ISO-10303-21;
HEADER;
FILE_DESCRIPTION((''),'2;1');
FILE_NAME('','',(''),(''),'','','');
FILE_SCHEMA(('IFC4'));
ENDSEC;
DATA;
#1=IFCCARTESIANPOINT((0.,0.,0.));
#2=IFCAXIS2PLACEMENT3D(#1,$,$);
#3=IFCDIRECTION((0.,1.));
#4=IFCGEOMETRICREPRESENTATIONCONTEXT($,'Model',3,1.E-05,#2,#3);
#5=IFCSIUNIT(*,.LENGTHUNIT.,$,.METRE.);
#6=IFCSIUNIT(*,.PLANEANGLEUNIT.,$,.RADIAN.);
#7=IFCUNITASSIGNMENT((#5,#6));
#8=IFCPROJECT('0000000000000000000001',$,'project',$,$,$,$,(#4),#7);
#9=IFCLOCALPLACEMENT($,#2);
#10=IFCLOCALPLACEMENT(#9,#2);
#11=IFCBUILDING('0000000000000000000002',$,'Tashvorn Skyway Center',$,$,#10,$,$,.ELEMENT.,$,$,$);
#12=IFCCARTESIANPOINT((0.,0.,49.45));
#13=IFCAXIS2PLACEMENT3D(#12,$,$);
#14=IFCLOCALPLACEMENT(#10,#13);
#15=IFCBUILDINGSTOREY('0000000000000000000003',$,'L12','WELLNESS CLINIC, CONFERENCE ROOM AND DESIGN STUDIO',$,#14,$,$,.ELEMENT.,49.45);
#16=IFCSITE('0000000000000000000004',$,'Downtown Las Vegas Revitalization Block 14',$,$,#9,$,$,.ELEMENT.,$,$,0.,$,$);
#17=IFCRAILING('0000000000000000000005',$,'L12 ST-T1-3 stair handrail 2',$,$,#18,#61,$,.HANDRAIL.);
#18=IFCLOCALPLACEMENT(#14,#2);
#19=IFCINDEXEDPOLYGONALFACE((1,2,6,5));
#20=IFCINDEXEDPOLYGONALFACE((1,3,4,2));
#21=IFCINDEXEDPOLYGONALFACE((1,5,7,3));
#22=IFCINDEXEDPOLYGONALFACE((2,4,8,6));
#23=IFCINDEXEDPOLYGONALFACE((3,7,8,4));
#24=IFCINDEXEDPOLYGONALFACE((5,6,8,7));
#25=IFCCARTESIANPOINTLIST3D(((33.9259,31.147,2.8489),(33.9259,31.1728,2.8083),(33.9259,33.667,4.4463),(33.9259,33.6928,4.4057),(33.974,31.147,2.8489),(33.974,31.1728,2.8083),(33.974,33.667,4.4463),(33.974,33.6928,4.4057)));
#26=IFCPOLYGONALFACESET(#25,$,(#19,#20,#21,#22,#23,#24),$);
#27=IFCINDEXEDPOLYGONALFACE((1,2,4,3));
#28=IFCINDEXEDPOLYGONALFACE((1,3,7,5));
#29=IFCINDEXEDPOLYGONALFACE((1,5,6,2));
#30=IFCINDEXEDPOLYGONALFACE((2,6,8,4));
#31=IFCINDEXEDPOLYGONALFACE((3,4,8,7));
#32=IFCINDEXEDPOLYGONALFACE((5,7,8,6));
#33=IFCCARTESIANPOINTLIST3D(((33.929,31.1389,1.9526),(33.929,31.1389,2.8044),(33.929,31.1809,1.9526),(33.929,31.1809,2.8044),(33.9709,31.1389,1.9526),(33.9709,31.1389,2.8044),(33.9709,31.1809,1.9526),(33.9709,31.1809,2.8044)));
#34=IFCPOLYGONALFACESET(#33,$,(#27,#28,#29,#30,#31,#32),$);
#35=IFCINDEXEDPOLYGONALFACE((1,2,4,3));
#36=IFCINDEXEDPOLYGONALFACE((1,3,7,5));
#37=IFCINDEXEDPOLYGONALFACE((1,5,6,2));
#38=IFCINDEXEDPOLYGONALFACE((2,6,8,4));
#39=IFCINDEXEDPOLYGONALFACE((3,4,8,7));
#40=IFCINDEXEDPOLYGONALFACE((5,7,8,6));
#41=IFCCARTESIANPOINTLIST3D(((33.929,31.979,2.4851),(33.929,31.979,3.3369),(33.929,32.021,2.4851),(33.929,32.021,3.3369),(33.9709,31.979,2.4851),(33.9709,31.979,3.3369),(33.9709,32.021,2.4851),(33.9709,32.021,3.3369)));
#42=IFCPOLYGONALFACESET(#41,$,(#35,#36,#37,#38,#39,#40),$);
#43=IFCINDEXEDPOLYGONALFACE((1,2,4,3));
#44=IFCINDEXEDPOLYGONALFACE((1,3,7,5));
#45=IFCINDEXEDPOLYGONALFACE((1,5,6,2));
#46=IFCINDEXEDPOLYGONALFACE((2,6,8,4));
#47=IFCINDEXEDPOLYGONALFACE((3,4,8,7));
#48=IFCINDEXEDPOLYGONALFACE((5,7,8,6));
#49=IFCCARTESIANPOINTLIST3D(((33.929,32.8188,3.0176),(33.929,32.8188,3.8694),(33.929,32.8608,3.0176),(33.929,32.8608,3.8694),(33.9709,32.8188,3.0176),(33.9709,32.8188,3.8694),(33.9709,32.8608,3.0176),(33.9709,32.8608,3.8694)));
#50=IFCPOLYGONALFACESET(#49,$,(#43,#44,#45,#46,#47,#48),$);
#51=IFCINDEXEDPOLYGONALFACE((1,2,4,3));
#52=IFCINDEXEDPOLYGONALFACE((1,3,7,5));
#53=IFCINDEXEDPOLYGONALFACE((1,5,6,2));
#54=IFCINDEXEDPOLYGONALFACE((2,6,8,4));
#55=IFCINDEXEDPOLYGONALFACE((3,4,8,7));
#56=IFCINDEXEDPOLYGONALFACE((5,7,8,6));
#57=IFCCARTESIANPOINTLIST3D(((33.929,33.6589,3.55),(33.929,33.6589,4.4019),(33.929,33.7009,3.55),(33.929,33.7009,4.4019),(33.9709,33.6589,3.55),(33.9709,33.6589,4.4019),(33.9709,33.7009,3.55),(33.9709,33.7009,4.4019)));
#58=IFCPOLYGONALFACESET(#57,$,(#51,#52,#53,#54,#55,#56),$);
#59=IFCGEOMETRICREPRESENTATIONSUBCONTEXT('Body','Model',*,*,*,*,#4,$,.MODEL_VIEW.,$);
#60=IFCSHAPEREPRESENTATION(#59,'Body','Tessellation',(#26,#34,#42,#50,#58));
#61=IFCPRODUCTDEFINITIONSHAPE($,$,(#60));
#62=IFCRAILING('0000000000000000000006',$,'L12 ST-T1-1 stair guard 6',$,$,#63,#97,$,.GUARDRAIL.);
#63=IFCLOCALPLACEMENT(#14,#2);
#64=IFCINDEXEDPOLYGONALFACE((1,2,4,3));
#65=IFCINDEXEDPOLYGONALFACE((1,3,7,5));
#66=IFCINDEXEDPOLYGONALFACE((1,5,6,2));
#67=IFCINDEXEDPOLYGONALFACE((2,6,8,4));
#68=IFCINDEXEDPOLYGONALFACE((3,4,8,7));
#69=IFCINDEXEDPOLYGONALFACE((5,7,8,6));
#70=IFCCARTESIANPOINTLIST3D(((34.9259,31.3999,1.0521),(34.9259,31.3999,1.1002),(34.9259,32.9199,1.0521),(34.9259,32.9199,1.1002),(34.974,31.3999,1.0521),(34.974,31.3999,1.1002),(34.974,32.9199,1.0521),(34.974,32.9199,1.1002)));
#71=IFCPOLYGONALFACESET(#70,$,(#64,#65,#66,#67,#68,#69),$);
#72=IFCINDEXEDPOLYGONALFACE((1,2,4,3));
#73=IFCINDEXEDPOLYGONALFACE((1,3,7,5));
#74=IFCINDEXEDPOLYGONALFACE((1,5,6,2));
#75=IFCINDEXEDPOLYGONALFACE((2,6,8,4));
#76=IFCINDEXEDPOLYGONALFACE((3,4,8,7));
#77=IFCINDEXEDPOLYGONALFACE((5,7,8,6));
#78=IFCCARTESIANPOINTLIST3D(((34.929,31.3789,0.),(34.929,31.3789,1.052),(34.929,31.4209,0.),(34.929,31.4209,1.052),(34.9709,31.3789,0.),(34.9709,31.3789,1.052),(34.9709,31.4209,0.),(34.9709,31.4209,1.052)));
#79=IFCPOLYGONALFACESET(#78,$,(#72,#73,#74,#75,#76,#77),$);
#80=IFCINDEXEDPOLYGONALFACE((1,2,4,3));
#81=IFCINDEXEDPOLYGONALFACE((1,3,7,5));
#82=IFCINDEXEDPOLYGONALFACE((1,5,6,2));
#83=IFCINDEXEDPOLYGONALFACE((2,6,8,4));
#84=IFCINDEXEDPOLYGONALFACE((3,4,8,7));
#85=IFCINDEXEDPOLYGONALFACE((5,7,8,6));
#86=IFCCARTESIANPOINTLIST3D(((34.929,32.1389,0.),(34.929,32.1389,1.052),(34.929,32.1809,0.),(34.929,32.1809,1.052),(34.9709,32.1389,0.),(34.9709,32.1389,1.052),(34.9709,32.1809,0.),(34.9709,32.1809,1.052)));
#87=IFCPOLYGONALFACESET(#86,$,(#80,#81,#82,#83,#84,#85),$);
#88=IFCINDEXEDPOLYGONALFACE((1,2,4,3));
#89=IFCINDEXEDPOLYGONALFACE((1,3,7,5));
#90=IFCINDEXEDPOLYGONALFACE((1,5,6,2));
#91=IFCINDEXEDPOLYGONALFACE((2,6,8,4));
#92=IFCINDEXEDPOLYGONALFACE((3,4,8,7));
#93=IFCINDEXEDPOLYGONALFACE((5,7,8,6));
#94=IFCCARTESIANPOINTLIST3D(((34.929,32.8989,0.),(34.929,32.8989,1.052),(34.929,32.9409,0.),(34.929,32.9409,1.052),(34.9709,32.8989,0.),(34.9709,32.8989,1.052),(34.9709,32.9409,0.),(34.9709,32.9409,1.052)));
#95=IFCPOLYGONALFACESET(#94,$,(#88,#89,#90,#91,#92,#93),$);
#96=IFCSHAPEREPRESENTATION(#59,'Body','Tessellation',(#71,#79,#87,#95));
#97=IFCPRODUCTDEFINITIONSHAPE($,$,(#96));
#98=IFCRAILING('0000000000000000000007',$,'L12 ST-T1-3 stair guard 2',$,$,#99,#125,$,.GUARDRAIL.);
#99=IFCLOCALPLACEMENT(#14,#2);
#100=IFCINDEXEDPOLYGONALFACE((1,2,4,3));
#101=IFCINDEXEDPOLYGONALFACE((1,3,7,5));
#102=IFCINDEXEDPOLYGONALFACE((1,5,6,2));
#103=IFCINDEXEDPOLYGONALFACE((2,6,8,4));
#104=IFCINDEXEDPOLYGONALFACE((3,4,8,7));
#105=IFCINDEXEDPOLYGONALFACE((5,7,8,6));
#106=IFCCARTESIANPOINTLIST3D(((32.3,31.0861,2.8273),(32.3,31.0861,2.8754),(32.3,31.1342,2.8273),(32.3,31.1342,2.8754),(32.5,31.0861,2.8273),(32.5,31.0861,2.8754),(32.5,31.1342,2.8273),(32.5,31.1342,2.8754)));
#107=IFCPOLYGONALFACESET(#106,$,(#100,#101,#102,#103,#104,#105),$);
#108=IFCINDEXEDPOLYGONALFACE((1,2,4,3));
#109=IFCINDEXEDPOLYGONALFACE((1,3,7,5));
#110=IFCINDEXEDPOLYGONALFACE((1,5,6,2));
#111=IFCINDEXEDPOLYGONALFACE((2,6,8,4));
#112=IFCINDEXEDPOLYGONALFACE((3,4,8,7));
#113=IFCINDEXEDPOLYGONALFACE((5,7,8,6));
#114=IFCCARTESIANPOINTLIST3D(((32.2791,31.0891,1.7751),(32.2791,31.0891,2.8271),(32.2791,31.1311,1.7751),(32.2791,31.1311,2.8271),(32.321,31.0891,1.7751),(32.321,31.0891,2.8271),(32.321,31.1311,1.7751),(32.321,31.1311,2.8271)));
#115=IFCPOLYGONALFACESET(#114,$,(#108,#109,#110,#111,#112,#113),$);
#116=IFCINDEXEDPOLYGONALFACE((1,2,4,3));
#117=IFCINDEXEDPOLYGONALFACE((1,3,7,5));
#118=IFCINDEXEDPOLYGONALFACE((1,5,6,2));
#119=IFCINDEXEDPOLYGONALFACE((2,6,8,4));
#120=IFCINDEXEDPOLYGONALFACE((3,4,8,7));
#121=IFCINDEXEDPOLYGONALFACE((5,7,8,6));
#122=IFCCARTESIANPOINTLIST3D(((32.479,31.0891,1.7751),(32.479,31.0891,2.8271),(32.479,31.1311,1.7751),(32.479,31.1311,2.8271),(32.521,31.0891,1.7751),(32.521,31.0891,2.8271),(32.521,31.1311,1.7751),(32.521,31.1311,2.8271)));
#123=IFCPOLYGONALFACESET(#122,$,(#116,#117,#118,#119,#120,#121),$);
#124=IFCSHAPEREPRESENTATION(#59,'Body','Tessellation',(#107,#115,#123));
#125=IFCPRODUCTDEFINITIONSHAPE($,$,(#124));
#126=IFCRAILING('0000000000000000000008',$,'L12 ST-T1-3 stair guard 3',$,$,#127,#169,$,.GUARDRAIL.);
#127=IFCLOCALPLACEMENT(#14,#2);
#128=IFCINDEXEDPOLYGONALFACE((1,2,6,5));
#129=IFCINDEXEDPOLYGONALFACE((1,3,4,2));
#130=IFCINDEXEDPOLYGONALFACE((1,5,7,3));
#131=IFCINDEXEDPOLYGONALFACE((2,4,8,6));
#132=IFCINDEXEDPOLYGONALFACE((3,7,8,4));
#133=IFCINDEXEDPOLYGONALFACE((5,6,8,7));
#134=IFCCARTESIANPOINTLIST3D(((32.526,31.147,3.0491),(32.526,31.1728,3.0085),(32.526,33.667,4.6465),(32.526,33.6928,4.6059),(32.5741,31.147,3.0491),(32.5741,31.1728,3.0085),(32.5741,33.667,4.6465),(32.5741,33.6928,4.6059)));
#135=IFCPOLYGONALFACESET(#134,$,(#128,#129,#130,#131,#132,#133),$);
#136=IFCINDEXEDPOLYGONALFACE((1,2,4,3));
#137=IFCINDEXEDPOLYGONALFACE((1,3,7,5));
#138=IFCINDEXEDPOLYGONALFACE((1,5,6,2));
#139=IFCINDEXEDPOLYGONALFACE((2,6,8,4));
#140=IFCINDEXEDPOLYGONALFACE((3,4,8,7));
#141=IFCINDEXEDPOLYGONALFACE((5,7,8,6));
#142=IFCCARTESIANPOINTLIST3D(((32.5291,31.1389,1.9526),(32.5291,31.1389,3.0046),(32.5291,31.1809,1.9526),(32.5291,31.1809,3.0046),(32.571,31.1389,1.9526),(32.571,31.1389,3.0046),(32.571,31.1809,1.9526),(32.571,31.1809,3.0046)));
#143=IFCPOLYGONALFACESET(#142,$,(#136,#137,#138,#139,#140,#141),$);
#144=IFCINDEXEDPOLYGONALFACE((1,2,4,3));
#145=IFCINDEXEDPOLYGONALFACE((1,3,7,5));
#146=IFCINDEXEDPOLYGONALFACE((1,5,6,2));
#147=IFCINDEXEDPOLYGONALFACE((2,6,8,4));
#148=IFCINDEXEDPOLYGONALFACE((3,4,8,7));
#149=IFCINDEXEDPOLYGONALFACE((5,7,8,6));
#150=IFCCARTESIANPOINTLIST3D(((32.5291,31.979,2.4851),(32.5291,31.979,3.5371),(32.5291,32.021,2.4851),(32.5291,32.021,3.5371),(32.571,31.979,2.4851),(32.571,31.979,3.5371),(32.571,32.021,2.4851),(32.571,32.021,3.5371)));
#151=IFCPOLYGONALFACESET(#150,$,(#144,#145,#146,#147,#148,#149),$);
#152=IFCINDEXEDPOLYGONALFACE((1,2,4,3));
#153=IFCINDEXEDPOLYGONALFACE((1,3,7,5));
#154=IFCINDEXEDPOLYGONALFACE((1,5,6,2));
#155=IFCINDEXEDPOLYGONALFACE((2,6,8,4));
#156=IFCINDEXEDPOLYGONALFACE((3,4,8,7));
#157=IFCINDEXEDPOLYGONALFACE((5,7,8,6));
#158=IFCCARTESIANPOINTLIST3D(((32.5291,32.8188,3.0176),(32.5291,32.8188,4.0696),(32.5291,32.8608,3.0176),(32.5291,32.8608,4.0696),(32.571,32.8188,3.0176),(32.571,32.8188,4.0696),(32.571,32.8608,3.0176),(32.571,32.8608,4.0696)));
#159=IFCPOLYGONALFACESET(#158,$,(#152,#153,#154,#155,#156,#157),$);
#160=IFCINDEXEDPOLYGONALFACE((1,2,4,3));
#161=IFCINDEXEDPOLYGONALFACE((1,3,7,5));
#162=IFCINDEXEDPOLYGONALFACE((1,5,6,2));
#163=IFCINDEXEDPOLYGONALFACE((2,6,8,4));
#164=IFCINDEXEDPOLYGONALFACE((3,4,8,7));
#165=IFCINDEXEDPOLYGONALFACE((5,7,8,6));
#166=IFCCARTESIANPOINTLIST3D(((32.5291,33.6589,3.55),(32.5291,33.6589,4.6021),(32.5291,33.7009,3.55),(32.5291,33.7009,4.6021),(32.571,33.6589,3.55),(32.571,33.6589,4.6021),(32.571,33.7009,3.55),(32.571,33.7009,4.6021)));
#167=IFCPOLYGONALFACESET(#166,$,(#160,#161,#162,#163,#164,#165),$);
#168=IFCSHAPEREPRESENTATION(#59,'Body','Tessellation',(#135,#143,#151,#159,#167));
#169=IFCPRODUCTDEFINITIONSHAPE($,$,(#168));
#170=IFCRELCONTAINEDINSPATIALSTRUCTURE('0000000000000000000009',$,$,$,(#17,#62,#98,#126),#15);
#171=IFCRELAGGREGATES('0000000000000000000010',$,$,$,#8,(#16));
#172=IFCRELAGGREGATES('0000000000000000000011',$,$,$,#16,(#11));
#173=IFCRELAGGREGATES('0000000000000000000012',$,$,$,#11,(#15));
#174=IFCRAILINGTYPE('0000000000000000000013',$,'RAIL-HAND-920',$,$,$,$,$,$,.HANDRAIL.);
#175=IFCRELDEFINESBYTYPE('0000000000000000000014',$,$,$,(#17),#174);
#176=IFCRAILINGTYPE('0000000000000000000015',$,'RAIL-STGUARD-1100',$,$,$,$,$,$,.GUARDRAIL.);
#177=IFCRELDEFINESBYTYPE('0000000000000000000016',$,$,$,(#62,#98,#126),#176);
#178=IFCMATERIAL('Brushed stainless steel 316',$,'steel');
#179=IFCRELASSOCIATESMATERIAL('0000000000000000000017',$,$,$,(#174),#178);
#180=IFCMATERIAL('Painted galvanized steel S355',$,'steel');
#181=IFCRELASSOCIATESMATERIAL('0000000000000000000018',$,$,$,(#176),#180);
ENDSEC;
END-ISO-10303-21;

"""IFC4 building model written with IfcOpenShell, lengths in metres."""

from ifc_helpers import new_model, si_unit, direction, frame, origin, origin_2d, place, context, subcontext, project, spatial, rectangle, extrude, material, type_object, element, save


model = new_model("IFC4")

# Units and contexts
model_context = context("Model", 3, precision=1e-05, world=origin(), true_north=direction((0.0, 1.0)))
body_context = subcontext(model_context, "Body", "Model", "MODEL_VIEW")
ifc_project = project(units=[si_unit("LENGTHUNIT", "METRE"), si_unit("PLANEANGLEUNIT", "RADIAN")], contexts=[model_context])

# Site, building, storey
site_placement = place(None, origin())
site = spatial("IfcSite", under=ifc_project, at=site_placement, Name="Downtown Las Vegas Revitalization Block 14", CompositionType="ELEMENT", RefElevation=0.0)
building_placement = place(site_placement, origin())
building = spatial("IfcBuilding", under=site, at=building_placement, Name="Tashvorn Skyway Center", CompositionType="ELEMENT")
storey_placement = place(building_placement, frame((0.0, 0.0, 49.45)))
storey = spatial("IfcBuildingStorey", under=building, at=storey_placement, Name="L12", Description="WELLNESS CLINIC, CONFERENCE ROOM AND DESIGN STUDIO", CompositionType="ELEMENT", Elevation=49.45)

# Railings
ifc_material_1 = material(Name="Brushed stainless steel 316", Category="steel")
railing_type_1 = type_object("IfcRailingType", Name="RAIL-HAND-920", PredefinedType="HANDRAIL", material=ifc_material_1)
railing_1_placement = place(storey_placement, frame((33.95, 31.1599, 1.9526)))
element("IfcRailing", 1, at=railing_1_placement, inside=storey, type_object=railing_type_1, Name="L12 ST-T1-3 stair handrail 2", PredefinedType="HANDRAIL", context=body_context, shape_type="SweptSolid", body=[
    extrude(rectangle(XDim=0.0481, YDim=0.0481, at=origin_2d()), frame((0.0, 0.0, 0.876), z_axis=(0.0, 0.844607, 0.535387), x_axis=(-1.0, 0.0, 0.0)), (0.0, 0.0, 1.0), 2.9836),
    extrude(rectangle(XDim=0.042, YDim=0.042, at=origin_2d()), origin(), (0.0, 0.0, 1.0), 0.8518),
    extrude(rectangle(XDim=0.042, YDim=0.042, at=origin_2d()), frame((0.0, 0.8401, 0.5325)), (0.0, 0.0, 1.0), 0.8518),
    extrude(rectangle(XDim=0.042, YDim=0.042, at=origin_2d()), frame((0.0, 1.6799, 1.0649)), (0.0, 0.0, 1.0), 0.8518),
    extrude(rectangle(XDim=0.042, YDim=0.042, at=origin_2d()), frame((0.0, 2.52, 1.5974)), (0.0, 0.0, 1.0), 0.8518),
])
ifc_material_2 = material(Name="Painted galvanized steel S355", Category="steel")
railing_type_2 = type_object("IfcRailingType", Name="RAIL-STGUARD-1100", PredefinedType="GUARDRAIL", material=ifc_material_2)
railing_2_placement = place(storey_placement, frame((34.95, 31.3999, 0.0)))
element("IfcRailing", 2, at=railing_2_placement, inside=storey, type_object=railing_type_2, Name="L12 ST-T1-1 stair guard 6", PredefinedType="GUARDRAIL", context=body_context, shape_type="SweptSolid", body=[
    extrude(rectangle(XDim=0.0481, YDim=0.0481, at=origin_2d()), frame((0.0, 0.0, 1.0762), z_axis=(0.0, 1.0, 0.0), x_axis=(-1.0, 0.0, 0.0)), (0.0, 0.0, 1.0), 1.52),
    extrude(rectangle(XDim=0.042, YDim=0.042, at=origin_2d()), origin(), (0.0, 0.0, 1.0), 1.052),
    extrude(rectangle(XDim=0.042, YDim=0.042, at=origin_2d()), frame((0.0, 0.76, 0.0)), (0.0, 0.0, 1.0), 1.052),
    extrude(rectangle(XDim=0.042, YDim=0.042, at=origin_2d()), frame((0.0, 1.52, 0.0)), (0.0, 0.0, 1.0), 1.052),
])
railing_3_placement = place(storey_placement, frame((32.3, 31.1101, 1.7751)))
element("IfcRailing", 3, at=railing_3_placement, inside=storey, type_object=railing_type_2, Name="L12 ST-T1-3 stair guard 2", PredefinedType="GUARDRAIL", context=body_context, shape_type="SweptSolid", body=[
    extrude(rectangle(XDim=0.0481, YDim=0.0481, at=origin_2d()), frame((0.0, 0.0, 1.0762), z_axis=(1.0, 0.0, 0.0), x_axis=(0.0, 1.0, 0.0)), (0.0, 0.0, 1.0), 0.2),
    extrude(rectangle(XDim=0.042, YDim=0.042, at=origin_2d()), origin(), (0.0, 0.0, 1.0), 1.052),
    extrude(rectangle(XDim=0.042, YDim=0.042, at=origin_2d()), frame((0.2, 0.0, 0.0)), (0.0, 0.0, 1.0), 1.052),
])
railing_4_placement = place(storey_placement, frame((32.55, 31.1599, 1.9526)))
element("IfcRailing", 4, at=railing_4_placement, inside=storey, type_object=railing_type_2, Name="L12 ST-T1-3 stair guard 3", PredefinedType="GUARDRAIL", context=body_context, shape_type="SweptSolid", body=[
    extrude(rectangle(XDim=0.0481, YDim=0.0481, at=origin_2d()), frame((0.0, 0.0, 1.0762), z_axis=(0.0, 0.844607, 0.535387), x_axis=(-1.0, 0.0, 0.0)), (0.0, 0.0, 1.0), 2.9836),
    extrude(rectangle(XDim=0.042, YDim=0.042, at=origin_2d()), origin(), (0.0, 0.0, 1.0), 1.052),
    extrude(rectangle(XDim=0.042, YDim=0.042, at=origin_2d()), frame((0.0, 0.8401, 0.5325)), (0.0, 0.0, 1.0), 1.052),
    extrude(rectangle(XDim=0.042, YDim=0.042, at=origin_2d()), frame((0.0, 1.6799, 1.0649)), (0.0, 0.0, 1.0), 1.052),
    extrude(rectangle(XDim=0.042, YDim=0.042, at=origin_2d()), frame((0.0, 2.52, 1.5974)), (0.0, 0.0, 1.0), 1.052),
])

save(model, "model.ifc")
